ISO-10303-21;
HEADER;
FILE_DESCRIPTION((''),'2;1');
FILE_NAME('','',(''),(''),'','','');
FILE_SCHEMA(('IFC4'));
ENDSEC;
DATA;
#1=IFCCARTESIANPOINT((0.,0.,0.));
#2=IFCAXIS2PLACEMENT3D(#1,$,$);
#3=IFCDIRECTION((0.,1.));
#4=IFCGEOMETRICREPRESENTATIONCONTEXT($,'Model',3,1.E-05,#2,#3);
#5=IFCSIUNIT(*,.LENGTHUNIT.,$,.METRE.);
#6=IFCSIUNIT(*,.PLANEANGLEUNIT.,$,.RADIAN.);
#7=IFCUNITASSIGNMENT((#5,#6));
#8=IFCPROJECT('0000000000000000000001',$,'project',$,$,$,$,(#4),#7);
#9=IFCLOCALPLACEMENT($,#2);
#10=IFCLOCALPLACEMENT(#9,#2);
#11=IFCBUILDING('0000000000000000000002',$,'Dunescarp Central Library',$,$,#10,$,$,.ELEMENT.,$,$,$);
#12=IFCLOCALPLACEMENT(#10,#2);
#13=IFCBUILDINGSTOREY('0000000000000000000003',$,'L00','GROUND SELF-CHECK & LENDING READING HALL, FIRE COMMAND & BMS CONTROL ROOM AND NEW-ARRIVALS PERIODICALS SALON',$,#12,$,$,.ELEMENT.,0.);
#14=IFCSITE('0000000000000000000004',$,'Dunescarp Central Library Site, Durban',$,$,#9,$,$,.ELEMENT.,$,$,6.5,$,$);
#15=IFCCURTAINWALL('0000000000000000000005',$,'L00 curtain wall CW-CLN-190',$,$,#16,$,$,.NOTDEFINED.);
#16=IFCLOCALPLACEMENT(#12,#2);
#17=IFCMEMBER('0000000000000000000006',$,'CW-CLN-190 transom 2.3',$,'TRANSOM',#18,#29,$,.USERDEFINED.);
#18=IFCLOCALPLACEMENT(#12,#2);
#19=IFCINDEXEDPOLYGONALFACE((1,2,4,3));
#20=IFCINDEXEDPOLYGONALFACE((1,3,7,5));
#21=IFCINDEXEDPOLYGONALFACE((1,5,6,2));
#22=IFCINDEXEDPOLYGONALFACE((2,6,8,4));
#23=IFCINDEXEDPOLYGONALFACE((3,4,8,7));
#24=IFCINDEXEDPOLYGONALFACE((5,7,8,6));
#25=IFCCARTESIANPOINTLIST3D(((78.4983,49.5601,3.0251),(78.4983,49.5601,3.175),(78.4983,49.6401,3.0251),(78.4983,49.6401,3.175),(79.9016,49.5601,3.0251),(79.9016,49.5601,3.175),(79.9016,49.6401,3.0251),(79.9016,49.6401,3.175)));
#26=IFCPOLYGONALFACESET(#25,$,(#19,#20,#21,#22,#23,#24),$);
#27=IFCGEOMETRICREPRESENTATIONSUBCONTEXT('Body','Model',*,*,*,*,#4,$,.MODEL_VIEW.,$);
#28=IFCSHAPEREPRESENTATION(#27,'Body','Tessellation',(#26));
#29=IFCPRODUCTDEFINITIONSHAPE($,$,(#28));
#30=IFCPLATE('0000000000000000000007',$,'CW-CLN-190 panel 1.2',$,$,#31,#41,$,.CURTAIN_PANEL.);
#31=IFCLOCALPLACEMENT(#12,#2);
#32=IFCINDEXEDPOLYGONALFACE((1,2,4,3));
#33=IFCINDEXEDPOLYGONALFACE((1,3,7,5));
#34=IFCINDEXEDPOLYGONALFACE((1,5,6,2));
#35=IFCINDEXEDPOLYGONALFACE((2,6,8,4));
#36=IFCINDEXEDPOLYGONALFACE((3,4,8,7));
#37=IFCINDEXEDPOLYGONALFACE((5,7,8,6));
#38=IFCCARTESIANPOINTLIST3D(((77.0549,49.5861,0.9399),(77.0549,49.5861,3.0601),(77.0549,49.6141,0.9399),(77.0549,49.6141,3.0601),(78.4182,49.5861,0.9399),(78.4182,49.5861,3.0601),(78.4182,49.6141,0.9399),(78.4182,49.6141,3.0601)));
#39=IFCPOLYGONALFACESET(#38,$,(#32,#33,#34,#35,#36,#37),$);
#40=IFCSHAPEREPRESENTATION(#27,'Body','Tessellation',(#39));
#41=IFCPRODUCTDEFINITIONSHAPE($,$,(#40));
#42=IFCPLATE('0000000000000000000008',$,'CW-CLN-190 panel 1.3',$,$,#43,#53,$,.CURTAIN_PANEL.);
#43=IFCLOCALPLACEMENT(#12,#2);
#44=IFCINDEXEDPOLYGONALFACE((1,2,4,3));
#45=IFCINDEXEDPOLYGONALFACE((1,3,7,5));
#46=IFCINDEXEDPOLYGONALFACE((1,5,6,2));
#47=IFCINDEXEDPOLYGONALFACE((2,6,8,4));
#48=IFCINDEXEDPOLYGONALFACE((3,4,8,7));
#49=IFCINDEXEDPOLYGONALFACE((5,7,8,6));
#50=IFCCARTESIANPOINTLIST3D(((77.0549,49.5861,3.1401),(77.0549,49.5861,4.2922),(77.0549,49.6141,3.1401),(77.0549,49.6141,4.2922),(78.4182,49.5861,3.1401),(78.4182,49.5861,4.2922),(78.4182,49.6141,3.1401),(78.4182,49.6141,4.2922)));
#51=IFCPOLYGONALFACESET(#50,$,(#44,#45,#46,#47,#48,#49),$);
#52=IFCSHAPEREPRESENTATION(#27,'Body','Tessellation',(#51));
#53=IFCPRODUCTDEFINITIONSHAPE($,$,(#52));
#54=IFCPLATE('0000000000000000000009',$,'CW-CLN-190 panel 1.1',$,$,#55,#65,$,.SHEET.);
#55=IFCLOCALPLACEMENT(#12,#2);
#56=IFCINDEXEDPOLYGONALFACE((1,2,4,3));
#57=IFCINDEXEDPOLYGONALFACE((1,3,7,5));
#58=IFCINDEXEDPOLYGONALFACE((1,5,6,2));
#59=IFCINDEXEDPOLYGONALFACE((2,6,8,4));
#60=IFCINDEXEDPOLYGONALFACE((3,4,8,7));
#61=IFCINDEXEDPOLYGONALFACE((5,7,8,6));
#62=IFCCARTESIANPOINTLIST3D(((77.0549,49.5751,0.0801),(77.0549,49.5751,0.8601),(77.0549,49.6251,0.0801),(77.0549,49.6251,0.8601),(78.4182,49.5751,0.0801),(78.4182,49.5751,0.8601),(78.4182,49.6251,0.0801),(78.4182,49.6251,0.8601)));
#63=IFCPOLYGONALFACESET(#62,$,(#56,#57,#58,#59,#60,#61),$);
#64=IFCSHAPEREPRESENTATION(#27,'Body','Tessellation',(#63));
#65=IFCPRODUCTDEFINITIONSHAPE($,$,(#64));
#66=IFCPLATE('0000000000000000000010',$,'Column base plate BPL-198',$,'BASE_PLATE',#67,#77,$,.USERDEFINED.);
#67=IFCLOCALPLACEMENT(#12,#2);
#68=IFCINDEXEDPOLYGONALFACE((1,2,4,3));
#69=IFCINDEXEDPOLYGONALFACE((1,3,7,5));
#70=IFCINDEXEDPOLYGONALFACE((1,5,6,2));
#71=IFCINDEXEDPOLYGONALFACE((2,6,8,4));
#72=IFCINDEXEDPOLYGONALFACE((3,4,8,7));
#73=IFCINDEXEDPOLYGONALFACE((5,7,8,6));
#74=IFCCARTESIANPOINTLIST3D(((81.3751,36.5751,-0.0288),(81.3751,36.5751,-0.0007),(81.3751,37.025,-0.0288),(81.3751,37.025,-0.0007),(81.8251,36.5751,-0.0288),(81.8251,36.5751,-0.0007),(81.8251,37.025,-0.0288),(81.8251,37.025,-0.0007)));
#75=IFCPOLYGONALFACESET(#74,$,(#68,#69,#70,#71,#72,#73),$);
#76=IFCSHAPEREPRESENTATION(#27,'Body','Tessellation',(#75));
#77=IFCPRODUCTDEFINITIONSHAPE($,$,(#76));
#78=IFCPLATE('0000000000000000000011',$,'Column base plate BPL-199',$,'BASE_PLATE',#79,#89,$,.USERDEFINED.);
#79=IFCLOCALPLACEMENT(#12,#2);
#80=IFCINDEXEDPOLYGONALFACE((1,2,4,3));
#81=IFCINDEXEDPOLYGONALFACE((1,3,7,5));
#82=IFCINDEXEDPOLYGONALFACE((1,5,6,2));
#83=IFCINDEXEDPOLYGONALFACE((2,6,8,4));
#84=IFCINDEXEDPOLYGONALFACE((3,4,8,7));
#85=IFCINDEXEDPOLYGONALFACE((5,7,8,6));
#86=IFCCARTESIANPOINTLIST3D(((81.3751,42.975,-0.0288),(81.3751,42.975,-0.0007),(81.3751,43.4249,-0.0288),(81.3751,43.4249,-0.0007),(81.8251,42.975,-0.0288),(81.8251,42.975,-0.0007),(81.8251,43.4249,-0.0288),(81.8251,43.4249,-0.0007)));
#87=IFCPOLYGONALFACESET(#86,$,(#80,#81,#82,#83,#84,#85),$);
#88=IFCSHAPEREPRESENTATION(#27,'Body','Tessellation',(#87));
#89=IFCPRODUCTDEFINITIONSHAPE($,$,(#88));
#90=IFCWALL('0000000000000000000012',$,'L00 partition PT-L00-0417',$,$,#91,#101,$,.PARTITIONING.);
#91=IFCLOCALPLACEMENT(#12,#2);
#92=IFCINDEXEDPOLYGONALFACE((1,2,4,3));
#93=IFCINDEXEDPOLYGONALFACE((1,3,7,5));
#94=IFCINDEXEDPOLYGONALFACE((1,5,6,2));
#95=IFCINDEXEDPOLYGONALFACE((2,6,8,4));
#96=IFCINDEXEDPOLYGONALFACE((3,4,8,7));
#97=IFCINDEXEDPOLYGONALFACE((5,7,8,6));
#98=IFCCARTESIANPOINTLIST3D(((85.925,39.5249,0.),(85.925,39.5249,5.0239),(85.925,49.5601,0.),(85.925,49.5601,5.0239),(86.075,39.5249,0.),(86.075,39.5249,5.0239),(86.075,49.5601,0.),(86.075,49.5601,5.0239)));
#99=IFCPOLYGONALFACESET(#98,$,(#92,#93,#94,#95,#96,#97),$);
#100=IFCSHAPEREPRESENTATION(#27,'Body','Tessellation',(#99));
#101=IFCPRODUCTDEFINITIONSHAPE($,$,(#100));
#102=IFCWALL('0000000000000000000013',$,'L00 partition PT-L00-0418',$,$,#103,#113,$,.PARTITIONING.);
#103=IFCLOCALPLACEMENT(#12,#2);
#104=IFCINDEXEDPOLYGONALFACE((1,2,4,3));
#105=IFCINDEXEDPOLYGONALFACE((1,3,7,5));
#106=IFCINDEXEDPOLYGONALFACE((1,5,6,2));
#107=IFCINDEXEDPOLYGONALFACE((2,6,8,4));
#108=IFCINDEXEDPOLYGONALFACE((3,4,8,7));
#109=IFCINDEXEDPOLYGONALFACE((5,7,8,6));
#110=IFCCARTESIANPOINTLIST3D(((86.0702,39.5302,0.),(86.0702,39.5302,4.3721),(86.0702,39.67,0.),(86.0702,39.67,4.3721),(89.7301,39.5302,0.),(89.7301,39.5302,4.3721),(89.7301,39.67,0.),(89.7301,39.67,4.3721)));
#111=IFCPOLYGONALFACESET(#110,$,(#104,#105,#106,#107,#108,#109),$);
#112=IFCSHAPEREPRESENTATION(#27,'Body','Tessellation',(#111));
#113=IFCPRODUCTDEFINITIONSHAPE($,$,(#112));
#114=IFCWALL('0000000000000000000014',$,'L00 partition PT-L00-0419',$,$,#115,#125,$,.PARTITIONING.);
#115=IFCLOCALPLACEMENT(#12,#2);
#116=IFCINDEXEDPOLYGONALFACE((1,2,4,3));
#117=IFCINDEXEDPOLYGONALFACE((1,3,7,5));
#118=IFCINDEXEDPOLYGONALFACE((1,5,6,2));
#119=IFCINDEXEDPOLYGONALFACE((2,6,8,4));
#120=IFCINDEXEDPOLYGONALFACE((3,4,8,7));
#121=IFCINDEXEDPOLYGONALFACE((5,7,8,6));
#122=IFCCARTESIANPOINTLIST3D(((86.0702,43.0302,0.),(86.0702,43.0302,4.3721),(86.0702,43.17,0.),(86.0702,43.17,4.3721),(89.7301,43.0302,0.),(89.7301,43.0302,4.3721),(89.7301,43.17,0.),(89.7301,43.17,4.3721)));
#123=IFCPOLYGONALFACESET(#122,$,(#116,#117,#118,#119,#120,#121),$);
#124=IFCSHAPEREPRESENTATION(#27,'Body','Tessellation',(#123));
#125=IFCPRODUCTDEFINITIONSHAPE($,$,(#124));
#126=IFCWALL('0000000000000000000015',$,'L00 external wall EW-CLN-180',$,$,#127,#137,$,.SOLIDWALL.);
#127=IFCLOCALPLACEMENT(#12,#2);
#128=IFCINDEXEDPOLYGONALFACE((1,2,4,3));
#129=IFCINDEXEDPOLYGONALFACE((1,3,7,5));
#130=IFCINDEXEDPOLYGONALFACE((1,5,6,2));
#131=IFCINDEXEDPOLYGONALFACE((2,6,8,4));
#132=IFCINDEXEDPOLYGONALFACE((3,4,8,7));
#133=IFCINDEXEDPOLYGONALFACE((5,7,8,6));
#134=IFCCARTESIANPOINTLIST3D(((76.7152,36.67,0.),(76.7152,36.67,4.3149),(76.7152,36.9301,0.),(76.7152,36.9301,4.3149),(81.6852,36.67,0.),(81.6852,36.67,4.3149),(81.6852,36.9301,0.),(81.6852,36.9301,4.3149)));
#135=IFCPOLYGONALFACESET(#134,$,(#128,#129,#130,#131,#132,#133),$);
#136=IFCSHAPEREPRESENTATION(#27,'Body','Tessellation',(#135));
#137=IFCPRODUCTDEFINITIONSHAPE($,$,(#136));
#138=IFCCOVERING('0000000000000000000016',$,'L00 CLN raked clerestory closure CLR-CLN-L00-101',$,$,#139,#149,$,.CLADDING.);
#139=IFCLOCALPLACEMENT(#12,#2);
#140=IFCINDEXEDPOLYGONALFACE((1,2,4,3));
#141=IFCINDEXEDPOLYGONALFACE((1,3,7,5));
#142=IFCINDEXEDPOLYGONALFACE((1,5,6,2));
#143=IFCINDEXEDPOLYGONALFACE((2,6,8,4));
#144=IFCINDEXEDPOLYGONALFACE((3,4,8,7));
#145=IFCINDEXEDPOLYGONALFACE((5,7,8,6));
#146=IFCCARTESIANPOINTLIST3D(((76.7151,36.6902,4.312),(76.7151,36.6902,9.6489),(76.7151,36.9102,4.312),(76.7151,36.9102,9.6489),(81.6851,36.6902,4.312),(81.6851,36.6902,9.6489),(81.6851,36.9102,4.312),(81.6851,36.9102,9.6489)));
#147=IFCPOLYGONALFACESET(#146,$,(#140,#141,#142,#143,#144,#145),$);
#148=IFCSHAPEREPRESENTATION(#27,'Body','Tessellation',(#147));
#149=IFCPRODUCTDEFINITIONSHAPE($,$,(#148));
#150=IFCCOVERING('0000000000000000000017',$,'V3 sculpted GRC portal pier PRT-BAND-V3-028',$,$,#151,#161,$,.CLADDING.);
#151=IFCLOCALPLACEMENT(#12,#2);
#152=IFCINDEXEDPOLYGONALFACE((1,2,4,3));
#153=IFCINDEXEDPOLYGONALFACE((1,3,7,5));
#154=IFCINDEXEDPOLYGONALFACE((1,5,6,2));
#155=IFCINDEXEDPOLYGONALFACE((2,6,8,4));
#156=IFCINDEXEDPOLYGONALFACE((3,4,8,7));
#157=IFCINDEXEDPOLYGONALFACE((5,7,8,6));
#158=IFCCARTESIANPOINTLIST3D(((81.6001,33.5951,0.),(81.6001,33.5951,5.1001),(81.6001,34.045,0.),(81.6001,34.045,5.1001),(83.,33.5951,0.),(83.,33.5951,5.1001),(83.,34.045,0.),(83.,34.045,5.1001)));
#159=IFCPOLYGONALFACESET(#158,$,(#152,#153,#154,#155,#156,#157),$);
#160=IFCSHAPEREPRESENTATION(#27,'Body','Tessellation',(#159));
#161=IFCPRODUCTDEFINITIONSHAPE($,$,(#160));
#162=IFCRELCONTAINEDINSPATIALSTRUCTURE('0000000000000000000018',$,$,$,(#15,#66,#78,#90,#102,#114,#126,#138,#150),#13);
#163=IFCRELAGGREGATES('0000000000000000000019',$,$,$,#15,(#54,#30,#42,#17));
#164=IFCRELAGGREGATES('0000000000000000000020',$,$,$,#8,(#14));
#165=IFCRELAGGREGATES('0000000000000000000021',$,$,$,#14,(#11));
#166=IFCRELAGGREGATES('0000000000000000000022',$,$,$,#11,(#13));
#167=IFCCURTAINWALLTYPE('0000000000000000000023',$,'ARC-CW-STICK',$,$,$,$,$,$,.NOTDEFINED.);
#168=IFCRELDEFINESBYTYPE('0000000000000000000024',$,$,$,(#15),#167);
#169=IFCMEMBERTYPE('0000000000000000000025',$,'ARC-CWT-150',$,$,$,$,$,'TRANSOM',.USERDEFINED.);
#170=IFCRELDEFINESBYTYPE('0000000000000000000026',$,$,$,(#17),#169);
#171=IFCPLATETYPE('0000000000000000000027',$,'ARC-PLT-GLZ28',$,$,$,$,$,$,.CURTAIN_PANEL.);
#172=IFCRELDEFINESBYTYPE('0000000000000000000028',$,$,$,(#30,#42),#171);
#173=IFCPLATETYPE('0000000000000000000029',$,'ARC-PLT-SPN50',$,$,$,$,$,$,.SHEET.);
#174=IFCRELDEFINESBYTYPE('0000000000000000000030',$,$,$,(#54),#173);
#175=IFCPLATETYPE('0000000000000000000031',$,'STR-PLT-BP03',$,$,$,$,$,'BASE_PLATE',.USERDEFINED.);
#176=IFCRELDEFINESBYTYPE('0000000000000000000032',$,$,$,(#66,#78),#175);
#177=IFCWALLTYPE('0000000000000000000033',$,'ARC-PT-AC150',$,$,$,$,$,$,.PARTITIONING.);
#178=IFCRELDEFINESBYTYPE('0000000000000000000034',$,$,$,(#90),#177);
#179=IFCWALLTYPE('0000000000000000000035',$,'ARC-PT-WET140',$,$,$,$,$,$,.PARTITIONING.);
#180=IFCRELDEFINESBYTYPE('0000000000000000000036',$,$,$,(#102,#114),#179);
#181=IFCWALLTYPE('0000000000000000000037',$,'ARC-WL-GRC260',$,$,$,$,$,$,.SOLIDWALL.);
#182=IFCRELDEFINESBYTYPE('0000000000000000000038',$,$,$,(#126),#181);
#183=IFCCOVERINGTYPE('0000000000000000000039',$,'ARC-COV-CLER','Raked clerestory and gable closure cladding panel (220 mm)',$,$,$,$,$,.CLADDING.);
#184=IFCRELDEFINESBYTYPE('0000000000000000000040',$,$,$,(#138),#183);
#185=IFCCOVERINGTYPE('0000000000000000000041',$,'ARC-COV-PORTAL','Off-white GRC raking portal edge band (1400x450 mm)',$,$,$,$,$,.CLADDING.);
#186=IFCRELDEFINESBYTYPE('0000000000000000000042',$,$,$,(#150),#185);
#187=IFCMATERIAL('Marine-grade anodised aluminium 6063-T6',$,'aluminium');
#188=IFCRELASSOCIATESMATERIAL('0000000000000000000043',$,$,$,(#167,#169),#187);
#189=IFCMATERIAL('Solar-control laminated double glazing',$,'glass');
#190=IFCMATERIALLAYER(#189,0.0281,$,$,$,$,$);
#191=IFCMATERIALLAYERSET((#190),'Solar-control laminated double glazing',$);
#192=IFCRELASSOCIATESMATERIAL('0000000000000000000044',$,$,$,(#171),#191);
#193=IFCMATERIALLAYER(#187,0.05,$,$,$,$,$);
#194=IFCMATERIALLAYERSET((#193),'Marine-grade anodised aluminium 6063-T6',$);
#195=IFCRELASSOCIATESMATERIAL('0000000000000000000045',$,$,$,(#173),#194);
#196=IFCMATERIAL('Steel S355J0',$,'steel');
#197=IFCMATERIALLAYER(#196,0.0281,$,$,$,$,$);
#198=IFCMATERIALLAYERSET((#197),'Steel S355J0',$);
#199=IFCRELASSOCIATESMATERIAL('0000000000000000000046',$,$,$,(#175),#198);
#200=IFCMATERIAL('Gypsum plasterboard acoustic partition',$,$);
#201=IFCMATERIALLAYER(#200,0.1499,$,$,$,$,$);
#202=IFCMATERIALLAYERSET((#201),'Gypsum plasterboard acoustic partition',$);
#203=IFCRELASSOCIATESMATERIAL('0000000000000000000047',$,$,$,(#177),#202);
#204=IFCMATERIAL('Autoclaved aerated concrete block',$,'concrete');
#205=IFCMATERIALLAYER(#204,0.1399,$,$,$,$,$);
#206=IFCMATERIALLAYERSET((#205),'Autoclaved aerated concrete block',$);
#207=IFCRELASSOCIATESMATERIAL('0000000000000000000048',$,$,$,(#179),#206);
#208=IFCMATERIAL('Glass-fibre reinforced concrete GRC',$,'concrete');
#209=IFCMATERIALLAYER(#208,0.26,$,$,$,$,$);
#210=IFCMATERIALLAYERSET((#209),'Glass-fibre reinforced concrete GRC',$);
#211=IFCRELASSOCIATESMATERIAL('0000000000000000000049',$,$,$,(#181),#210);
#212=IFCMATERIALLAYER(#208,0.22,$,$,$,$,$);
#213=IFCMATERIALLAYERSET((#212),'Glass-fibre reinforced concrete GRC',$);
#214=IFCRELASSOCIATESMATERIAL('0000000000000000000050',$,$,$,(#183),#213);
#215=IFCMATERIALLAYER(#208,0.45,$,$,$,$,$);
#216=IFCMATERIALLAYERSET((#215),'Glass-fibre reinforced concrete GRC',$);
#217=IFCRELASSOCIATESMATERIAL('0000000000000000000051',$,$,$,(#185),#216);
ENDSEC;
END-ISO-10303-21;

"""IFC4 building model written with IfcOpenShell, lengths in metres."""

from ifc_helpers import new_model, si_unit, direction, frame, frame_2d, origin, origin_2d, place, context, subcontext, project, spatial, polyline, rectangle, outline, extrude, material, layer, layer_set, material_profile, profile_set, type_object, element, aggregate, save


model = new_model("IFC4")

# Units and contexts
model_context = context("Model", 3, precision=1e-05, world=origin(), true_north=direction((0.0, 1.0)))
body_context = subcontext(model_context, "Body", "Model", "MODEL_VIEW")
ifc_project = project(units=[si_unit("LENGTHUNIT", "METRE"), si_unit("PLANEANGLEUNIT", "RADIAN")], contexts=[model_context])

# Site, building, storey
site_placement = place(None, origin())
site = spatial("IfcSite", under=ifc_project, at=site_placement, Name="Dunescarp Central Library Site, Durban", CompositionType="ELEMENT", RefElevation=6.5)
building_placement = place(site_placement, origin())
building = spatial("IfcBuilding", under=site, at=building_placement, Name="Dunescarp Central Library", CompositionType="ELEMENT")
storey_placement = place(building_placement, origin())
storey = spatial("IfcBuildingStorey", under=building, at=storey_placement, Name="L00", Description="GROUND SELF-CHECK & LENDING READING HALL, FIRE COMMAND & BMS CONTROL ROOM AND NEW-ARRIVALS PERIODICALS SALON", CompositionType="ELEMENT", Elevation=0.0)

# Shared definitions
ifc_material_1 = material(Name="Steel S355J0", Category="steel")

# Curtain wall, member, plates
ifc_material_2 = material(Name="Marine-grade anodised aluminium 6063-T6", Category="aluminium")
curtain_wall_type = type_object("IfcCurtainWallType", Name="ARC-CW-STICK", PredefinedType="NOTDEFINED", material=ifc_material_2)
curtain_wall_placement = place(storey_placement, origin())
curtain_wall = element("IfcCurtainWall", 1, at=curtain_wall_placement, inside=storey, type_object=curtain_wall_type, Name="L00 curtain wall CW-CLN-190", PredefinedType="NOTDEFINED")
ifc_material_profile_1 = material_profile(ifc_material_2, rectangle(XDim=0.0801, YDim=0.1499, at=origin_2d()), Name="AL 80x150")
ifc_profile_set_1 = profile_set([ifc_material_profile_1], Name="Marine-grade anodised aluminium 6063-T6")
member_type_1 = type_object("IfcMemberType", Name="ARC-CWT-150", ElementType="TRANSOM", PredefinedType="USERDEFINED", material=ifc_profile_set_1)
member_1_placement = place(storey_placement, frame((78.4983, 49.6001, 3.1001), z_axis=(1.0, 0.0, 0.0), x_axis=(0.0, 1.0, 0.0)))
member_1 = element("IfcMember", 2, at=member_1_placement, type_object=member_type_1, Name="CW-CLN-190 transom 2.3", ObjectType="TRANSOM", PredefinedType="USERDEFINED", context=body_context, shape_type="SweptSolid", body=[
    extrude(rectangle(XDim=0.0801, YDim=0.1499, at=origin_2d()), origin(), (0.0, 0.0, 1.0), 1.4033),
])
ifc_material_3 = material(Name="Solar-control laminated double glazing", Category="glass")
ifc_layer_1 = layer(ifc_material_3, 0.0281)
ifc_layer_set_1 = layer_set([ifc_layer_1], Name="Solar-control laminated double glazing")
plate_type_1 = type_object("IfcPlateType", Name="ARC-PLT-GLZ28", PredefinedType="CURTAIN_PANEL", material=ifc_layer_set_1)
plate_1_placement = place(storey_placement, frame((77.7366, 49.6001, 0.9399), z_axis=(0.0, 0.0, 1.0), x_axis=(1.0, 0.0, 0.0)))
plate_1 = element("IfcPlate", 3, at=plate_1_placement, type_object=plate_type_1, Name="CW-CLN-190 panel 1.2", PredefinedType="CURTAIN_PANEL", context=body_context, shape_type="SweptSolid", body=[
    extrude(rectangle(XDim=1.3633, YDim=0.0281, at=origin_2d()), origin(), (0.0, 0.0, 1.0), 2.1201),
])
plate_2_placement = place(storey_placement, frame((77.7366, 49.6001, 3.1401), z_axis=(0.0, 0.0, 1.0), x_axis=(1.0, 0.0, 0.0)))
plate_2 = element("IfcPlate", 4, at=plate_2_placement, type_object=plate_type_1, Name="CW-CLN-190 panel 1.3", PredefinedType="CURTAIN_PANEL", context=body_context, shape_type="SweptSolid", body=[
    extrude(rectangle(XDim=1.3633, YDim=0.0281, at=origin_2d()), origin(), (0.0, 0.0, 1.0), 1.1521),
])
ifc_layer_2 = layer(ifc_material_2, 0.05)
ifc_layer_set_2 = layer_set([ifc_layer_2], Name="Marine-grade anodised aluminium 6063-T6")
plate_type_2 = type_object("IfcPlateType", Name="ARC-PLT-SPN50", PredefinedType="SHEET", material=ifc_layer_set_2)
plate_3_placement = place(storey_placement, frame((77.7366, 49.6001, 0.0801), z_axis=(0.0, 0.0, 1.0), x_axis=(1.0, 0.0, 0.0)))
plate_3 = element("IfcPlate", 5, at=plate_3_placement, type_object=plate_type_2, Name="CW-CLN-190 panel 1.1", PredefinedType="SHEET", context=body_context, shape_type="SweptSolid", body=[
    extrude(rectangle(XDim=1.3633, YDim=0.05, at=origin_2d()), origin(), (0.0, 0.0, 1.0), 0.78),
])
aggregate(curtain_wall, [plate_3, plate_1, plate_2, member_1])

# Plates
ifc_layer_3 = layer(ifc_material_1, 0.0281)
ifc_layer_set_3 = layer_set([ifc_layer_3], Name="Steel S355J0")
plate_type_3 = type_object("IfcPlateType", Name="STR-PLT-BP03", ElementType="BASE_PLATE", PredefinedType="USERDEFINED", material=ifc_layer_set_3)
for number, where, z_axis, x_axis, name in (
    (6, (81.6001, 36.8, -0.0288), (0.0, 0.0, 1.0), (1.0, 0.0, 0.0), "Column base plate BPL-198"),
    (7, (81.6001, 43.2, -0.0288), (0.0, 0.0, 1.0), (1.0, 0.0, 0.0), "Column base plate BPL-199"),
):
    element("IfcPlate", number, at=place(storey_placement, frame(where, z_axis=z_axis, x_axis=x_axis)), inside=storey, type_object=plate_type_3, Name=name, ObjectType="BASE_PLATE", PredefinedType="USERDEFINED", context=body_context, shape_type="SweptSolid", body=[
        extrude(rectangle(XDim=0.45, YDim=0.45, at=origin_2d()), origin(), (0.0, 0.0, 1.0), 0.0281),
    ])

# Walls
ifc_material_4 = material(Name="Gypsum plasterboard acoustic partition")
ifc_layer_4 = layer(ifc_material_4, 0.1499)
ifc_layer_set_4 = layer_set([ifc_layer_4], Name="Gypsum plasterboard acoustic partition")
wall_type_1 = type_object("IfcWallType", Name="ARC-PT-AC150", PredefinedType="PARTITIONING", material=ifc_layer_set_4)
wall_1_placement = place(storey_placement, frame((86.0, 39.5249, 0.0), z_axis=(0.0, 0.0, 1.0), x_axis=(0.0, 1.0, 0.0)))
element("IfcWall", 8, at=wall_1_placement, inside=storey, type_object=wall_type_1, Name="L00 partition PT-L00-0417", PredefinedType="PARTITIONING", context=body_context, shape_type="SweptSolid", body=[
    extrude(rectangle(XDim=10.0352, YDim=0.1499, at=frame_2d((5.0176, 0.0))), origin(), (0.0, 0.0, 1.0), 5.0239),
])
ifc_material_5 = material(Name="Autoclaved aerated concrete block", Category="concrete")
ifc_layer_5 = layer(ifc_material_5, 0.1399)
ifc_layer_set_5 = layer_set([ifc_layer_5], Name="Autoclaved aerated concrete block")
wall_type_2 = type_object("IfcWallType", Name="ARC-PT-WET140", PredefinedType="PARTITIONING", material=ifc_layer_set_5)
for number, where, z_axis, x_axis, name in (
    (9, (86.0701, 39.6001, 0.0), (0.0, 0.0, 1.0), (1.0, 0.0, 0.0), "L00 partition PT-L00-0418"),
    (10, (86.0701, 43.1001, 0.0), (0.0, 0.0, 1.0), (1.0, 0.0, 0.0), "L00 partition PT-L00-0419"),
):
    element("IfcWall", number, at=place(storey_placement, frame(where, z_axis=z_axis, x_axis=x_axis)), inside=storey, type_object=wall_type_2, Name=name, PredefinedType="PARTITIONING", context=body_context, shape_type="SweptSolid", body=[
        extrude(rectangle(XDim=3.6599, YDim=0.1399, at=frame_2d((1.8301, 0.0))), origin(), (0.0, 0.0, 1.0), 4.3721),
    ])
ifc_material_6 = material(Name="Glass-fibre reinforced concrete GRC", Category="concrete")
ifc_layer_6 = layer(ifc_material_6, 0.26)
ifc_layer_set_6 = layer_set([ifc_layer_6], Name="Glass-fibre reinforced concrete GRC")
wall_type_3 = type_object("IfcWallType", Name="ARC-WL-GRC260", PredefinedType="SOLIDWALL", material=ifc_layer_set_6)
wall_2_placement = place(storey_placement, frame((81.6851, 36.8, 0.0), z_axis=(0.0, 0.0, 1.0), x_axis=(-1.0, 0.0, 0.0)))
element("IfcWall", 11, at=wall_2_placement, inside=storey, type_object=wall_type_3, Name="L00 external wall EW-CLN-180", PredefinedType="SOLIDWALL", context=body_context, shape_type="SweptSolid", body=[
    extrude(rectangle(XDim=4.97, YDim=0.26, at=frame_2d((2.4849, 0.0))), origin(), (0.0, 0.0, 1.0), 4.3149),
])

# Coverings
ifc_layer_7 = layer(ifc_material_6, 0.22)
ifc_layer_set_7 = layer_set([ifc_layer_7], Name="Glass-fibre reinforced concrete GRC")
covering_type_1 = type_object("IfcCoveringType", Name="ARC-COV-CLER", Description="Raked clerestory and gable closure cladding panel (220 mm)", PredefinedType="CLADDING", material=ifc_layer_set_7)
covering_1_placement = place(storey_placement, frame((81.6851, 36.8, 4.312), z_axis=(0.0, 0.0, 1.0), x_axis=(-1.0, 0.0, 0.0)))
element("IfcCovering", 12, at=covering_1_placement, inside=storey, type_object=covering_type_1, Name="L00 CLN raked clerestory closure CLR-CLN-L00-101", PredefinedType="CLADDING", context=body_context, shape_type="SweptSolid", body=[
    extrude(outline(polyline([(0.0, 0.0), (4.97, 0.0), (4.97, 5.3369), (0.0, 5.3369), (0.0, 0.0)])), frame((0.0, 0.1099, 0.0), z_axis=(0.0, -1.0, 0.0), x_axis=(1.0, 0.0, 0.0)), (0.0, 0.0, 1.0), 0.22),
])
ifc_layer_8 = layer(ifc_material_6, 0.45)
ifc_layer_set_8 = layer_set([ifc_layer_8], Name="Glass-fibre reinforced concrete GRC")
covering_type_2 = type_object("IfcCoveringType", Name="ARC-COV-PORTAL", Description="Off-white GRC raking portal edge band (1400x450 mm)", PredefinedType="CLADDING", material=ifc_layer_set_8)
covering_2_placement = place(storey_placement, frame((82.3, 33.8201, 0.0), z_axis=(0.0, 0.0, 1.0), x_axis=(1.0, 0.0, 0.0)))
element("IfcCovering", 13, at=covering_2_placement, inside=storey, type_object=covering_type_2, Name="V3 sculpted GRC portal pier PRT-BAND-V3-028", PredefinedType="CLADDING", context=body_context, shape_type="SweptSolid", body=[
    extrude(rectangle(XDim=1.3999, YDim=0.45, at=origin_2d()), origin(), (0.0, 0.0, 1.0), 5.1001),
])

save(model, "model.ifc")
